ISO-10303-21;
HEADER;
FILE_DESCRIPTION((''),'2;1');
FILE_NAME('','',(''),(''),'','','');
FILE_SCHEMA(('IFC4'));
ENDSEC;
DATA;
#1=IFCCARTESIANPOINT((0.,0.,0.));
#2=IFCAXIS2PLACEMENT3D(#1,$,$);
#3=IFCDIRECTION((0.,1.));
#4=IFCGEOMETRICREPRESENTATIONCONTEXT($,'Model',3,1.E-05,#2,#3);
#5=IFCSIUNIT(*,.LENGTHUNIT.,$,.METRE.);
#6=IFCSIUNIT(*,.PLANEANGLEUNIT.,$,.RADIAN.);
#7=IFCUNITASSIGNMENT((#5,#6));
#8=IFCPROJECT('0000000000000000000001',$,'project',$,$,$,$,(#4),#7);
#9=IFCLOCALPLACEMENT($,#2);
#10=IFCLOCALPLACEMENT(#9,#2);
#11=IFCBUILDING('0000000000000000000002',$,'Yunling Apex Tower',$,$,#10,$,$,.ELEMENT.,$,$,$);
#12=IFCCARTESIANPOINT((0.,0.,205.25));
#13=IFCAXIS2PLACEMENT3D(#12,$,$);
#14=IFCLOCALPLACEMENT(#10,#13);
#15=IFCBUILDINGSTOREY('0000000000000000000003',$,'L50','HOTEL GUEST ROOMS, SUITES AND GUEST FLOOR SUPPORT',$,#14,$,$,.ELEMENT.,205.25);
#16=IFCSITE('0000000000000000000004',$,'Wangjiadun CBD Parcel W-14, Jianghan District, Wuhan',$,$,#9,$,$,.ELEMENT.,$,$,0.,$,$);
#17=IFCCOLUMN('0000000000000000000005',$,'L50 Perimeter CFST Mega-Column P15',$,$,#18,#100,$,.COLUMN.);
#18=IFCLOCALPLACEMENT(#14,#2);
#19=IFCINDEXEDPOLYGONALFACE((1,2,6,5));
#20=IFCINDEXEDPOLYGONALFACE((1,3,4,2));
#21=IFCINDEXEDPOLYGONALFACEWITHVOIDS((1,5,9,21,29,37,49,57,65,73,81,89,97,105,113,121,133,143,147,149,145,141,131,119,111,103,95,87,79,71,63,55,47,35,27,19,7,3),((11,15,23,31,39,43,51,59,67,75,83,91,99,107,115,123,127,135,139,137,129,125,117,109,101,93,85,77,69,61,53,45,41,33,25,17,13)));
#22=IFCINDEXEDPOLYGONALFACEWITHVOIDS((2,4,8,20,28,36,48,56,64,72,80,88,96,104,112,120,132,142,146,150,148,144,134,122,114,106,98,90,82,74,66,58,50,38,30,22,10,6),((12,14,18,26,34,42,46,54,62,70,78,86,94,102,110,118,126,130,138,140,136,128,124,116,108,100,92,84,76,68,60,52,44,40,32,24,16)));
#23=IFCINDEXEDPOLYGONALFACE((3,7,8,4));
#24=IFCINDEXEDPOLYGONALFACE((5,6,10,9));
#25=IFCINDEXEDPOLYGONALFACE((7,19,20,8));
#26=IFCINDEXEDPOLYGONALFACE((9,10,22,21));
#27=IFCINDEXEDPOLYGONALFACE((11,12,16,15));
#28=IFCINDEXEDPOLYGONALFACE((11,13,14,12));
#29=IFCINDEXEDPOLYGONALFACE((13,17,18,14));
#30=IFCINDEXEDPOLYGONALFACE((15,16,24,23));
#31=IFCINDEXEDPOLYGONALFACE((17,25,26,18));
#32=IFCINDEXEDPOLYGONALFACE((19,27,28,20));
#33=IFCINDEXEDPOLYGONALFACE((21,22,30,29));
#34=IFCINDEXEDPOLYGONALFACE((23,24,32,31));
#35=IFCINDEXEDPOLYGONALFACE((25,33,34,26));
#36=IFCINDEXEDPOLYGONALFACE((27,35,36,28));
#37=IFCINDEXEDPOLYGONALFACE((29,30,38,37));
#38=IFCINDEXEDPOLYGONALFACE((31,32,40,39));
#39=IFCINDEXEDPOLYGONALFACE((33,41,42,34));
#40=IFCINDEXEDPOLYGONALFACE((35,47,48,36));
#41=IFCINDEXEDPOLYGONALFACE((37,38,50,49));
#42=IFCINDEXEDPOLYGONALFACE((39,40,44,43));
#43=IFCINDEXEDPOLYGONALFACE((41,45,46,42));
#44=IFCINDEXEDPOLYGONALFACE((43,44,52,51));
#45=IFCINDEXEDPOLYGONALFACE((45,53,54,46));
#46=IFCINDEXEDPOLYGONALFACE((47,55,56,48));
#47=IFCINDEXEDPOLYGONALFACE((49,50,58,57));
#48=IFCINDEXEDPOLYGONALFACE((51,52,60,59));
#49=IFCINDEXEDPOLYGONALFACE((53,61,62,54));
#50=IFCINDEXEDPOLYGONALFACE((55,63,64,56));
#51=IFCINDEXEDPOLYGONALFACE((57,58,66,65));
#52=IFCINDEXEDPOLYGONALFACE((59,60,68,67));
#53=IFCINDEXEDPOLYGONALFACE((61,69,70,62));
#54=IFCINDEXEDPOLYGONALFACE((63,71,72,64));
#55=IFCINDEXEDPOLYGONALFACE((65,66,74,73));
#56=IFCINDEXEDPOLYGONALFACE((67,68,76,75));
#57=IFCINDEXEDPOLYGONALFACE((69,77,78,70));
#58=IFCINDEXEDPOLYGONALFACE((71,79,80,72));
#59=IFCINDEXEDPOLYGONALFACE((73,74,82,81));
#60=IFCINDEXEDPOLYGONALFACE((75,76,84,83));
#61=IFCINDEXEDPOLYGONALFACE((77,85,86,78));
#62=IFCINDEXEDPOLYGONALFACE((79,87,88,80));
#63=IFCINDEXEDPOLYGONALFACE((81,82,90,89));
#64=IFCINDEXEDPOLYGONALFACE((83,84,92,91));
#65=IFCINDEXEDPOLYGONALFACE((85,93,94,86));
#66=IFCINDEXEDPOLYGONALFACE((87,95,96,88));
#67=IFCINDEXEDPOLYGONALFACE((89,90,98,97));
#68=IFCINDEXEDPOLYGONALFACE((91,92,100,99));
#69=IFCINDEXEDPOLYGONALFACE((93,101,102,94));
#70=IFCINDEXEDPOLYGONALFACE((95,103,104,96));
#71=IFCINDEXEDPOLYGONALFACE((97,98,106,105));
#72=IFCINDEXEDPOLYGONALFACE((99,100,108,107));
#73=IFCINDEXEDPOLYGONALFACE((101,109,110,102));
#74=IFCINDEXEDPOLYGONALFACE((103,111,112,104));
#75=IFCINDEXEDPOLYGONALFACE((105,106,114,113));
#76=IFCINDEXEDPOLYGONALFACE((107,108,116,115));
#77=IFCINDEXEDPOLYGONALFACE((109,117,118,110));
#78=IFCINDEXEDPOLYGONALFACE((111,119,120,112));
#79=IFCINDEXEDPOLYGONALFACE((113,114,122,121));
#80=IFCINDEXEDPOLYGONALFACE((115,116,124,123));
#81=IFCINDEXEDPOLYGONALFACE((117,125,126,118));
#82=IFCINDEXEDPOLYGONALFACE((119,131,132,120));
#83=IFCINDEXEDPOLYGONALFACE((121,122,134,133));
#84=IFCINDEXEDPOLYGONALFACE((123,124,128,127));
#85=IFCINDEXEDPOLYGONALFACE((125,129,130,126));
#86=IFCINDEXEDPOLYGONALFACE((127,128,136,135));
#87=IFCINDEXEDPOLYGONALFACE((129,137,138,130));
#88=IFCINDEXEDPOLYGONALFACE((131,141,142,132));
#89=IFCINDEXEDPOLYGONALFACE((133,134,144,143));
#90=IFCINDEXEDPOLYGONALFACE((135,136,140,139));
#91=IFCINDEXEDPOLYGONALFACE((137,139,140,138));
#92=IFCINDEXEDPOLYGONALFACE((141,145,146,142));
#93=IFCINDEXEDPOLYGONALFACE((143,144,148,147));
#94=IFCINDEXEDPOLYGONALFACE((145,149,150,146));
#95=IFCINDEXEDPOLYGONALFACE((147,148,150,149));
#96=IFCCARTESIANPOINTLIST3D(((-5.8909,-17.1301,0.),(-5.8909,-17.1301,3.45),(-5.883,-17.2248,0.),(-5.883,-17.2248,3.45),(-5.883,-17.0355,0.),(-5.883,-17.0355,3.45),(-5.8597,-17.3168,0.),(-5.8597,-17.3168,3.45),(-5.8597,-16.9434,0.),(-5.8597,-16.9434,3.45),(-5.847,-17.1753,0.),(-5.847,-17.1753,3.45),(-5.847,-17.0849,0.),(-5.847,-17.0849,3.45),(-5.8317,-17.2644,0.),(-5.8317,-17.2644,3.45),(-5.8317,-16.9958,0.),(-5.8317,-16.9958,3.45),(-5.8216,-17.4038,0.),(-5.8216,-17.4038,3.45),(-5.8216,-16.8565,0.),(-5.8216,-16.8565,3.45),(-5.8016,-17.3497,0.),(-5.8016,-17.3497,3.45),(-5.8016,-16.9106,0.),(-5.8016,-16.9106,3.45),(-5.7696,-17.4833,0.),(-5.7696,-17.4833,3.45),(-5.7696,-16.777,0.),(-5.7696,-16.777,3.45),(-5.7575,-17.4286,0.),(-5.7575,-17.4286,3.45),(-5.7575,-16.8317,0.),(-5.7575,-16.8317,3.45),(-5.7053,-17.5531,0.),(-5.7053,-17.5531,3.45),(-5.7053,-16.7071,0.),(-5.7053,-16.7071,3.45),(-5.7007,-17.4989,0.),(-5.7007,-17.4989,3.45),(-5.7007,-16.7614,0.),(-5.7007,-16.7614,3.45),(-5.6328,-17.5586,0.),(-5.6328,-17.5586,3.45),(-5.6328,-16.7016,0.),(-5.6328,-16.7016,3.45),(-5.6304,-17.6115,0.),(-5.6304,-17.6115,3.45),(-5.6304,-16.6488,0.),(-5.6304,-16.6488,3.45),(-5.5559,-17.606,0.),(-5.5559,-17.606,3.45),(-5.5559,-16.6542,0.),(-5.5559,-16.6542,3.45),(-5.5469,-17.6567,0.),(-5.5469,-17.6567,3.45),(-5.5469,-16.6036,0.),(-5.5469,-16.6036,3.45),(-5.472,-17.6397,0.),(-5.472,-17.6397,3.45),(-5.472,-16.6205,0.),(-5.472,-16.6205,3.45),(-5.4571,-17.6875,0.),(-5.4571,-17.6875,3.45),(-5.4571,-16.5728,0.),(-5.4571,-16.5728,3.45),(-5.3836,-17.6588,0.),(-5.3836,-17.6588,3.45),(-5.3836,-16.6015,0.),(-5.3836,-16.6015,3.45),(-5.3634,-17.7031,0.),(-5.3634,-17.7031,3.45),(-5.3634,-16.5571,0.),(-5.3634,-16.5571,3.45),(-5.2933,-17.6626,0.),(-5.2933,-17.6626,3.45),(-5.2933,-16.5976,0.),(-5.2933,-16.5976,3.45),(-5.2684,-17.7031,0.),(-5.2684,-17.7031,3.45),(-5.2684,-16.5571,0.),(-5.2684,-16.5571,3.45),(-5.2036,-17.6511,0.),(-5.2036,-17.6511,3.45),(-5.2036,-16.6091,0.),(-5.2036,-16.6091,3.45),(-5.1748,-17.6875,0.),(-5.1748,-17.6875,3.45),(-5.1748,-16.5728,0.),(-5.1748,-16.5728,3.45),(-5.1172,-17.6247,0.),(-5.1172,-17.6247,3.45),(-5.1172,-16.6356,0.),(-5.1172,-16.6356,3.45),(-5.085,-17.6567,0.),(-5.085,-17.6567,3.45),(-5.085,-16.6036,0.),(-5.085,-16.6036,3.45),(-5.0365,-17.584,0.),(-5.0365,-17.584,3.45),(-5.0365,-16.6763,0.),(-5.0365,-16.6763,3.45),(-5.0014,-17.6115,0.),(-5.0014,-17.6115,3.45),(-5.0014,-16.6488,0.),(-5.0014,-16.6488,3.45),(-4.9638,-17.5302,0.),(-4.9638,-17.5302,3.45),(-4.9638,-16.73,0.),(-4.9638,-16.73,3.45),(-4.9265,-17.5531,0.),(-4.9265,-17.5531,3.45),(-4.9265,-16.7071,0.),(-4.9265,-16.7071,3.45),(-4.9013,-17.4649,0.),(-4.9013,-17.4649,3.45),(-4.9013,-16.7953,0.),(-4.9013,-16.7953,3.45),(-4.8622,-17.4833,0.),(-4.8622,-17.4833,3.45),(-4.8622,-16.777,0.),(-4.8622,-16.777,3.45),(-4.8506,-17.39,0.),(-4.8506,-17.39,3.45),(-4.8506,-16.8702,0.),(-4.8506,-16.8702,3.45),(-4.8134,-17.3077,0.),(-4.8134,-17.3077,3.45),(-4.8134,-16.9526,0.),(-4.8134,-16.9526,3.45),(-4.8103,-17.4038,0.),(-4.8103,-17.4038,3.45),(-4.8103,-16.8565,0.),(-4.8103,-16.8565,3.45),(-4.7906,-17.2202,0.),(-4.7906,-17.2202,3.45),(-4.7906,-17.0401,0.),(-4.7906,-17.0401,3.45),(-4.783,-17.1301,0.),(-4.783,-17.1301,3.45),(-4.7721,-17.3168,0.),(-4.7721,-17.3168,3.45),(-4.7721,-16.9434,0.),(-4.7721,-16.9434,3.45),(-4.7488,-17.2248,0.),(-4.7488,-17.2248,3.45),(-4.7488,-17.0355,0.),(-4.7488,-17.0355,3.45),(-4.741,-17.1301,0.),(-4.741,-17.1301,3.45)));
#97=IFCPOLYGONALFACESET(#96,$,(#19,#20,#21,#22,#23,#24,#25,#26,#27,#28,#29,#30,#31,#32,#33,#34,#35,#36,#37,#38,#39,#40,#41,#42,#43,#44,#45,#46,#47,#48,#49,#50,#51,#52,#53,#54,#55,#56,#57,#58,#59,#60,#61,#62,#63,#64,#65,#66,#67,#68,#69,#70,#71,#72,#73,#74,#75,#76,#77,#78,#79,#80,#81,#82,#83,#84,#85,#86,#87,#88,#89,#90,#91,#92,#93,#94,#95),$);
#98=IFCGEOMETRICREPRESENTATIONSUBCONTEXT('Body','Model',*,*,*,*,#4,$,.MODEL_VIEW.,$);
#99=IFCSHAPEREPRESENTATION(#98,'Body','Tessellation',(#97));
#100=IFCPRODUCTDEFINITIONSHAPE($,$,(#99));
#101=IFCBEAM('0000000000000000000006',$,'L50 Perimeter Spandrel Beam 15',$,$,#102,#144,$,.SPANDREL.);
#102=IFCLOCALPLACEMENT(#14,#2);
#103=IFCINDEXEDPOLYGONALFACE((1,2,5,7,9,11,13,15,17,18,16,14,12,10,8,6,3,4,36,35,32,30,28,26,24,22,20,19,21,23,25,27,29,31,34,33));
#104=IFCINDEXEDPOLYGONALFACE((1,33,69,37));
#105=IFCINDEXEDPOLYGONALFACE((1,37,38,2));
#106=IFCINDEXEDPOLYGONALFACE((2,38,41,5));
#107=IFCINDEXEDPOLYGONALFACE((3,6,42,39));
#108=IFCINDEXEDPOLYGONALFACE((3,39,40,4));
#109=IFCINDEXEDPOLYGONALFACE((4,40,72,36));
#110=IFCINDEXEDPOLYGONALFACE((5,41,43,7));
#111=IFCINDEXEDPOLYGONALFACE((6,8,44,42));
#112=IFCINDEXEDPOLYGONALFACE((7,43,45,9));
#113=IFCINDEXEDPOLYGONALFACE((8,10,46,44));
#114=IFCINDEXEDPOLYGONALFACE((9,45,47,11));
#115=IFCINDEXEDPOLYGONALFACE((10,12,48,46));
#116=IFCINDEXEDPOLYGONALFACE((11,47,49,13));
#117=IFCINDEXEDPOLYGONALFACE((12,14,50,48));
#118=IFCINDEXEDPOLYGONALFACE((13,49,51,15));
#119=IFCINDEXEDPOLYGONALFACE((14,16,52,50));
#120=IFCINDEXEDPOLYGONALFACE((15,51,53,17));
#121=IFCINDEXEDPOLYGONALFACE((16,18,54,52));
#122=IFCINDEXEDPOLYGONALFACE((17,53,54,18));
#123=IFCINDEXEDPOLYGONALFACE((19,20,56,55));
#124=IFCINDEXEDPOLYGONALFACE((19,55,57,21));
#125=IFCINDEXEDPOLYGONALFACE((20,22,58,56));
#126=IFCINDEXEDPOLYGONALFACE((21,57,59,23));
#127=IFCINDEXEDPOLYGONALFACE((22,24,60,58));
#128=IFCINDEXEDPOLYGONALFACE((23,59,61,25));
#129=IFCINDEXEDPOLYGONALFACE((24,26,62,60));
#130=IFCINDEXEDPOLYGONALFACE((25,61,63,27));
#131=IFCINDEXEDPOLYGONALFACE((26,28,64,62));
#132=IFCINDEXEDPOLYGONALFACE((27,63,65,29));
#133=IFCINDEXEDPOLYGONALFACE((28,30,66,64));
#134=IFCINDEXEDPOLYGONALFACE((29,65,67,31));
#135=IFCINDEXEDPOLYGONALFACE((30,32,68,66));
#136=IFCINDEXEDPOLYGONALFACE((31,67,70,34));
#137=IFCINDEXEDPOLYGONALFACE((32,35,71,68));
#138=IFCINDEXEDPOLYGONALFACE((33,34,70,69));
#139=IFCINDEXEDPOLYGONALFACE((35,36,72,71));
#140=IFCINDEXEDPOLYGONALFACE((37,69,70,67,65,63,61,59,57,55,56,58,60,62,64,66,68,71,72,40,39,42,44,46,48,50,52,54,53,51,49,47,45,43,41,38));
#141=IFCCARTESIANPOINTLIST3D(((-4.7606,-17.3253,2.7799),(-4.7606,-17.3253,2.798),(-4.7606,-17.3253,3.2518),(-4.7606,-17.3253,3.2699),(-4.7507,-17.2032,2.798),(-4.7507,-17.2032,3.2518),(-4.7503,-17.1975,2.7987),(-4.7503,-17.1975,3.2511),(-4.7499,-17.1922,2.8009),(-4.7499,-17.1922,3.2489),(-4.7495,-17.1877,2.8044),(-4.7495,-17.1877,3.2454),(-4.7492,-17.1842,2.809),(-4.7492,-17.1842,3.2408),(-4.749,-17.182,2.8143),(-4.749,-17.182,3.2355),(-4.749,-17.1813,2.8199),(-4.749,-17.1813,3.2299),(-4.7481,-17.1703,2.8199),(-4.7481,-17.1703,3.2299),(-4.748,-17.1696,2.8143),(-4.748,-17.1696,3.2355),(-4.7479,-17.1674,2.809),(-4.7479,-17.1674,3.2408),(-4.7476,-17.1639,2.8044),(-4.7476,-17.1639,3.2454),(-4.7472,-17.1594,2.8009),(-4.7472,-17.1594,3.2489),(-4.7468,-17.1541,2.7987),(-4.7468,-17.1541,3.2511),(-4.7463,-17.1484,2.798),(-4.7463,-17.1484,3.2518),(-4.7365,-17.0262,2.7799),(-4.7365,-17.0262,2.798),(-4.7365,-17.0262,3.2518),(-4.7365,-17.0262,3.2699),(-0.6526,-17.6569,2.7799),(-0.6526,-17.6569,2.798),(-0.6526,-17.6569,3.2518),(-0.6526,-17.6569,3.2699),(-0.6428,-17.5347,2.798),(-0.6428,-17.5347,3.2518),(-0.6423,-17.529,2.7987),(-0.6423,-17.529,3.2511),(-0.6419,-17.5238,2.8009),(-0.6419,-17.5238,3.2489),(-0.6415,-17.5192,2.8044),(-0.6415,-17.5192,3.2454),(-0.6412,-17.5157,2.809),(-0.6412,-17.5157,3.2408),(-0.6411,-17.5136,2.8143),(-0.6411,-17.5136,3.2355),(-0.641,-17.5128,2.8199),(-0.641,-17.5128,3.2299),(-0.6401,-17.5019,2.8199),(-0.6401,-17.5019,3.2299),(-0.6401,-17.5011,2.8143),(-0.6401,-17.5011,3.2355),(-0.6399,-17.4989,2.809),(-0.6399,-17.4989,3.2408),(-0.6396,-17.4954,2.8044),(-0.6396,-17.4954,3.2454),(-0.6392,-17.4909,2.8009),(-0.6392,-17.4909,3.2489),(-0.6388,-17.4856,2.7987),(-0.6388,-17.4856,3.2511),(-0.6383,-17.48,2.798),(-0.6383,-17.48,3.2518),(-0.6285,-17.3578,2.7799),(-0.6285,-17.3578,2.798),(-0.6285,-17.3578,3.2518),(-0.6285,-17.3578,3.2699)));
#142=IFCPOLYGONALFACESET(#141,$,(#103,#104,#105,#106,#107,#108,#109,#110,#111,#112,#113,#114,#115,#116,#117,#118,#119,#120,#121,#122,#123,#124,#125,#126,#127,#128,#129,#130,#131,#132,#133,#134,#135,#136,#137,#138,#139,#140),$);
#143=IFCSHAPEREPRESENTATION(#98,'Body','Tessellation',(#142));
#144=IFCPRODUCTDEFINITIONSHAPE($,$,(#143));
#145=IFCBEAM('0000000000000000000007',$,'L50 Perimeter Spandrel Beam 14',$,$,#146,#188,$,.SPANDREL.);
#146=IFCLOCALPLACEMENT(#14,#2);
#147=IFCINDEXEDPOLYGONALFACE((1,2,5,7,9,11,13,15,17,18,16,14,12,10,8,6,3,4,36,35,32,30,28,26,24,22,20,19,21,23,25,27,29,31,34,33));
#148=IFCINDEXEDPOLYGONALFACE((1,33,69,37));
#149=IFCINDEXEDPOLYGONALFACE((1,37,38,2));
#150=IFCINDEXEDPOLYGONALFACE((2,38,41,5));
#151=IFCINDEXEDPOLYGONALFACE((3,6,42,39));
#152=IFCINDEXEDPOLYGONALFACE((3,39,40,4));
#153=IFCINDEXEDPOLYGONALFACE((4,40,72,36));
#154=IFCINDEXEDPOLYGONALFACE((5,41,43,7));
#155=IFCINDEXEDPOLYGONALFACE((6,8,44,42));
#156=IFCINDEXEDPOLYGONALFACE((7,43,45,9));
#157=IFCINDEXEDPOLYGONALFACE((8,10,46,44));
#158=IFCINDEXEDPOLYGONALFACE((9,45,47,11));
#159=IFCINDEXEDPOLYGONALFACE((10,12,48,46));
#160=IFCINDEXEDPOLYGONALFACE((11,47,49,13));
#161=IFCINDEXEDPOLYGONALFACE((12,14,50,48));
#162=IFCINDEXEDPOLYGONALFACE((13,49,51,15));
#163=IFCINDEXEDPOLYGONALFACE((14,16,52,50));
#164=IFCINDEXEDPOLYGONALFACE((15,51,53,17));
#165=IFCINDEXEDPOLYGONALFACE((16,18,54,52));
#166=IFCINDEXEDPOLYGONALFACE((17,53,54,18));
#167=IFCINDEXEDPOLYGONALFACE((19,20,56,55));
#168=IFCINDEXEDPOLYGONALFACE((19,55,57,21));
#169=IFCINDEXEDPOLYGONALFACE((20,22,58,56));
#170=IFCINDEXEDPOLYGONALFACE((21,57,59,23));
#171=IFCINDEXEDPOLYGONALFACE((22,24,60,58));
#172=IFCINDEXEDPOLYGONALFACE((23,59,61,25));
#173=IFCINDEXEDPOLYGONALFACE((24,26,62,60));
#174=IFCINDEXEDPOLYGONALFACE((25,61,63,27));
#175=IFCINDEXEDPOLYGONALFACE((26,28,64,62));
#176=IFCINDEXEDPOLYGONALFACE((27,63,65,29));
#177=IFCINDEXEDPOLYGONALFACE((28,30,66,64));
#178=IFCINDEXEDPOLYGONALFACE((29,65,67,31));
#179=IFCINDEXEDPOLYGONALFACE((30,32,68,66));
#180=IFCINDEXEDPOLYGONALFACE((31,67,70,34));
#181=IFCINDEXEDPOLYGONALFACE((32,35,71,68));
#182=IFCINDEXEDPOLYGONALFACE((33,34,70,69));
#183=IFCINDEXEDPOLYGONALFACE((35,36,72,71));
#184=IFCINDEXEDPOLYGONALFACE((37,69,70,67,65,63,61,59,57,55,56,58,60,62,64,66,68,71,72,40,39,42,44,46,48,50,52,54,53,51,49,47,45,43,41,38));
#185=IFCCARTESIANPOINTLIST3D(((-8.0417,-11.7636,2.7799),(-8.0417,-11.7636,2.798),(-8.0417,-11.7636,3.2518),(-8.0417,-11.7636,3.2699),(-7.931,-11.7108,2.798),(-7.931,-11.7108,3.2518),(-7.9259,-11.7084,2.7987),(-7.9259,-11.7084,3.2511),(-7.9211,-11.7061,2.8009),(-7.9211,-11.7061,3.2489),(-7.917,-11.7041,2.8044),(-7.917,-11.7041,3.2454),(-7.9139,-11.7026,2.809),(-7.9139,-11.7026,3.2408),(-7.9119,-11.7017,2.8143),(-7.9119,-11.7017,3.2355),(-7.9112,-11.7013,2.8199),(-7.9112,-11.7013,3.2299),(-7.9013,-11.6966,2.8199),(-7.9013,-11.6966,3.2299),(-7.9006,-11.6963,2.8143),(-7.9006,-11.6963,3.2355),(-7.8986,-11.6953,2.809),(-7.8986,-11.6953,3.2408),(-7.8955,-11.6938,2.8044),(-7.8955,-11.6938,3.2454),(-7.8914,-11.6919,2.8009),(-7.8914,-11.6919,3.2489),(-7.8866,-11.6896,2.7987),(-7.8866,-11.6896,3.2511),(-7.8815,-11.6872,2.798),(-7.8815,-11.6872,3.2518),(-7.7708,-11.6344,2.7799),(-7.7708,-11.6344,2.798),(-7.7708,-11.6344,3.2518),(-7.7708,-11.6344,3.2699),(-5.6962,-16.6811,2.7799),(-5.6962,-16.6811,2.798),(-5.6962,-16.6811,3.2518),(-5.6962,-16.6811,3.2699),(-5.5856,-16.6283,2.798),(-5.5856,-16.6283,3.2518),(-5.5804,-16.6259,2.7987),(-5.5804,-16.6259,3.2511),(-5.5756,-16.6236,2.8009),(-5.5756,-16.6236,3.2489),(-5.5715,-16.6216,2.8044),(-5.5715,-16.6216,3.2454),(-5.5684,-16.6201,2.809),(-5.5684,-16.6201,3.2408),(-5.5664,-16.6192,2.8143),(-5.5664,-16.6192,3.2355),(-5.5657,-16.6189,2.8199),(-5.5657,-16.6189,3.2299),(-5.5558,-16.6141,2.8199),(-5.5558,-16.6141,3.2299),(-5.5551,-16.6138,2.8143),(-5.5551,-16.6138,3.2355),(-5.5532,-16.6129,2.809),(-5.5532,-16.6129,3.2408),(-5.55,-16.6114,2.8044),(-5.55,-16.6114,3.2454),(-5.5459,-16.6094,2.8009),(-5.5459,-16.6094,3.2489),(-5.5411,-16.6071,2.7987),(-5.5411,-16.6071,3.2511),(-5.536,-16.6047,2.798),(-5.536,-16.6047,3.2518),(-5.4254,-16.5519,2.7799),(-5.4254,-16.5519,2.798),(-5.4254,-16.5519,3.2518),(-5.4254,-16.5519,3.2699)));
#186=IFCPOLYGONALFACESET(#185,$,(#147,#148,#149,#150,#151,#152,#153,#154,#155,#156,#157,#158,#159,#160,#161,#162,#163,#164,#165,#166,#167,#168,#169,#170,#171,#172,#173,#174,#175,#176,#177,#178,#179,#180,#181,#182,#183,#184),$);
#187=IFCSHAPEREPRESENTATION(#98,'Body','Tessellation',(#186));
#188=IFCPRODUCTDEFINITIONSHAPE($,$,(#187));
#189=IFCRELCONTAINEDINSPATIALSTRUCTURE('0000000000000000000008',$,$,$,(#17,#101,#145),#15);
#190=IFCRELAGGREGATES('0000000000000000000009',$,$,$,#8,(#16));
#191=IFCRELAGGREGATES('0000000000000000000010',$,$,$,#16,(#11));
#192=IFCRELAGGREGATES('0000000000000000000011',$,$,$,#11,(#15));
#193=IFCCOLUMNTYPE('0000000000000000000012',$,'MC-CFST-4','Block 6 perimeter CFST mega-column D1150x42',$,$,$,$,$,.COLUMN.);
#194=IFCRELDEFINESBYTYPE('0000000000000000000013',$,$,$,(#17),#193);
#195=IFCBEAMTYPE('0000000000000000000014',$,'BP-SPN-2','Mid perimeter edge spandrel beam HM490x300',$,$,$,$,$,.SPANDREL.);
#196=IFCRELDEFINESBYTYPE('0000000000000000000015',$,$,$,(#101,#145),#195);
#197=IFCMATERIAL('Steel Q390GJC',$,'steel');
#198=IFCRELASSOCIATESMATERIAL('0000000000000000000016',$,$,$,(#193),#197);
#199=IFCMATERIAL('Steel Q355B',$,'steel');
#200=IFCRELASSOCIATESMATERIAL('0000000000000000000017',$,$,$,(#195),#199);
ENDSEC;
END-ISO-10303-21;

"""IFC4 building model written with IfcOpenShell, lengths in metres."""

from ifc_helpers import new_model, si_unit, direction, frame, origin, origin_2d, place, context, subcontext, project, spatial, hollow_circle, i_section, extrude, source, transform, mapped, material, material_profile, profile_set, type_object, element, save


model = new_model("IFC4")

# Units and contexts
model_context = context("Model", 3, precision=1e-05, world=origin(), true_north=direction((0.0, 1.0)))
body_context = subcontext(model_context, "Body", "Model", "MODEL_VIEW")
ifc_project = project(units=[si_unit("LENGTHUNIT", "METRE"), si_unit("PLANEANGLEUNIT", "RADIAN")], contexts=[model_context])

# Site, building, storey
site_placement = place(None, origin())
site = spatial("IfcSite", under=ifc_project, at=site_placement, Name="Wangjiadun CBD Parcel W-14, Jianghan District, Wuhan", CompositionType="ELEMENT", RefElevation=0.0)
building_placement = place(site_placement, origin())
building = spatial("IfcBuilding", under=site, at=building_placement, Name="Yunling Apex Tower", CompositionType="ELEMENT")
storey_placement = place(building_placement, frame((0.0, 0.0, 205.25)))
storey = spatial("IfcBuildingStorey", under=building, at=storey_placement, Name="L50", Description="HOTEL GUEST ROOMS, SUITES AND GUEST FLOOR SUPPORT", CompositionType="ELEMENT", Elevation=205.25)

# Column
ifc_material_1 = material(Name="Steel Q390GJC", Category="steel")
ifc_material_profile_1 = material_profile(ifc_material_1, hollow_circle(Radius=0.575, WallThickness=0.042, at=origin_2d()))
ifc_profile_set_1 = profile_set([ifc_material_profile_1], Name="Steel Q390GJC")
column_type = type_object("IfcColumnType", Name="MC-CFST-4", Description="Block 6 perimeter CFST mega-column D1150x42", PredefinedType="COLUMN", material=ifc_profile_set_1)
shared_shape_1 = source(origin(), body_context, "Body", "SweptSolid", [
    extrude(hollow_circle(Radius=0.575, WallThickness=0.042, at=origin_2d()), origin(), (0.0, 0.0, 1.0), 3.45),
])
column_placement = place(storey_placement, frame((-5.3159, -17.1301, 0.0), z_axis=(0.0, 0.0, 1.0), x_axis=(1.0, 0.0, 0.0)))
element("IfcColumn", 1, at=column_placement, inside=storey, type_object=column_type, Name="L50 Perimeter CFST Mega-Column P15", PredefinedType="COLUMN", context=body_context, shape_type="MappedRepresentation", body=[
    mapped(shared_shape_1, transform((0.0, 0.0, 0.0), scale=1.0)),
])

# Beams
ifc_material_2 = material(Name="Steel Q355B", Category="steel")
ifc_material_profile_2 = material_profile(ifc_material_2, i_section(OverallWidth=0.3, OverallDepth=0.49, WebThickness=0.011, FlangeThickness=0.0181, FilletRadius=0.022, at=origin_2d()))
ifc_profile_set_2 = profile_set([ifc_material_profile_2], Name="Steel Q355B")
beam_type_1 = type_object("IfcBeamType", Name="BP-SPN-2", Description="Mid perimeter edge spandrel beam HM490x300", PredefinedType="SPANDREL", material=ifc_profile_set_2)
shared_shape_2 = source(origin(), body_context, "Body", "SweptSolid", [
    extrude(i_section(OverallWidth=0.3, OverallDepth=0.49, WebThickness=0.011, FlangeThickness=0.0181, FilletRadius=0.022, at=origin_2d()), origin(), (0.0, 0.0, 1.0), 4.1213),
])
beam_1_placement = place(storey_placement, frame((-4.7485, -17.1758, 3.0249), z_axis=(0.996759, -0.080447, 0.0), x_axis=(0.080447, 0.996759, 0.0)))
element("IfcBeam", 2, at=beam_1_placement, inside=storey, type_object=beam_type_1, Name="L50 Perimeter Spandrel Beam 15", PredefinedType="SPANDREL", context=body_context, shape_type="MappedRepresentation", body=[
    mapped(shared_shape_2, transform((0.0, 0.0, 0.0), scale=1.0)),
])
shared_shape_3 = source(origin(), body_context, "Body", "SweptSolid", [
    extrude(i_section(OverallWidth=0.3, OverallDepth=0.49, WebThickness=0.011, FlangeThickness=0.0181, FilletRadius=0.022, at=origin_2d()), origin(), (0.0, 0.0, 1.0), 5.4482),
])
beam_2_placement = place(storey_placement, frame((-7.9062, -11.699, 3.0249), z_axis=(0.430502, -0.902589, 0.0), x_axis=(0.902589, 0.430502, 0.0)))
element("IfcBeam", 3, at=beam_2_placement, inside=storey, type_object=beam_type_1, Name="L50 Perimeter Spandrel Beam 14", PredefinedType="SPANDREL", context=body_context, shape_type="MappedRepresentation", body=[
    mapped(shared_shape_3, transform((0.0, 0.0, 0.0), scale=1.0)),
])

save(model, "model.ifc")
